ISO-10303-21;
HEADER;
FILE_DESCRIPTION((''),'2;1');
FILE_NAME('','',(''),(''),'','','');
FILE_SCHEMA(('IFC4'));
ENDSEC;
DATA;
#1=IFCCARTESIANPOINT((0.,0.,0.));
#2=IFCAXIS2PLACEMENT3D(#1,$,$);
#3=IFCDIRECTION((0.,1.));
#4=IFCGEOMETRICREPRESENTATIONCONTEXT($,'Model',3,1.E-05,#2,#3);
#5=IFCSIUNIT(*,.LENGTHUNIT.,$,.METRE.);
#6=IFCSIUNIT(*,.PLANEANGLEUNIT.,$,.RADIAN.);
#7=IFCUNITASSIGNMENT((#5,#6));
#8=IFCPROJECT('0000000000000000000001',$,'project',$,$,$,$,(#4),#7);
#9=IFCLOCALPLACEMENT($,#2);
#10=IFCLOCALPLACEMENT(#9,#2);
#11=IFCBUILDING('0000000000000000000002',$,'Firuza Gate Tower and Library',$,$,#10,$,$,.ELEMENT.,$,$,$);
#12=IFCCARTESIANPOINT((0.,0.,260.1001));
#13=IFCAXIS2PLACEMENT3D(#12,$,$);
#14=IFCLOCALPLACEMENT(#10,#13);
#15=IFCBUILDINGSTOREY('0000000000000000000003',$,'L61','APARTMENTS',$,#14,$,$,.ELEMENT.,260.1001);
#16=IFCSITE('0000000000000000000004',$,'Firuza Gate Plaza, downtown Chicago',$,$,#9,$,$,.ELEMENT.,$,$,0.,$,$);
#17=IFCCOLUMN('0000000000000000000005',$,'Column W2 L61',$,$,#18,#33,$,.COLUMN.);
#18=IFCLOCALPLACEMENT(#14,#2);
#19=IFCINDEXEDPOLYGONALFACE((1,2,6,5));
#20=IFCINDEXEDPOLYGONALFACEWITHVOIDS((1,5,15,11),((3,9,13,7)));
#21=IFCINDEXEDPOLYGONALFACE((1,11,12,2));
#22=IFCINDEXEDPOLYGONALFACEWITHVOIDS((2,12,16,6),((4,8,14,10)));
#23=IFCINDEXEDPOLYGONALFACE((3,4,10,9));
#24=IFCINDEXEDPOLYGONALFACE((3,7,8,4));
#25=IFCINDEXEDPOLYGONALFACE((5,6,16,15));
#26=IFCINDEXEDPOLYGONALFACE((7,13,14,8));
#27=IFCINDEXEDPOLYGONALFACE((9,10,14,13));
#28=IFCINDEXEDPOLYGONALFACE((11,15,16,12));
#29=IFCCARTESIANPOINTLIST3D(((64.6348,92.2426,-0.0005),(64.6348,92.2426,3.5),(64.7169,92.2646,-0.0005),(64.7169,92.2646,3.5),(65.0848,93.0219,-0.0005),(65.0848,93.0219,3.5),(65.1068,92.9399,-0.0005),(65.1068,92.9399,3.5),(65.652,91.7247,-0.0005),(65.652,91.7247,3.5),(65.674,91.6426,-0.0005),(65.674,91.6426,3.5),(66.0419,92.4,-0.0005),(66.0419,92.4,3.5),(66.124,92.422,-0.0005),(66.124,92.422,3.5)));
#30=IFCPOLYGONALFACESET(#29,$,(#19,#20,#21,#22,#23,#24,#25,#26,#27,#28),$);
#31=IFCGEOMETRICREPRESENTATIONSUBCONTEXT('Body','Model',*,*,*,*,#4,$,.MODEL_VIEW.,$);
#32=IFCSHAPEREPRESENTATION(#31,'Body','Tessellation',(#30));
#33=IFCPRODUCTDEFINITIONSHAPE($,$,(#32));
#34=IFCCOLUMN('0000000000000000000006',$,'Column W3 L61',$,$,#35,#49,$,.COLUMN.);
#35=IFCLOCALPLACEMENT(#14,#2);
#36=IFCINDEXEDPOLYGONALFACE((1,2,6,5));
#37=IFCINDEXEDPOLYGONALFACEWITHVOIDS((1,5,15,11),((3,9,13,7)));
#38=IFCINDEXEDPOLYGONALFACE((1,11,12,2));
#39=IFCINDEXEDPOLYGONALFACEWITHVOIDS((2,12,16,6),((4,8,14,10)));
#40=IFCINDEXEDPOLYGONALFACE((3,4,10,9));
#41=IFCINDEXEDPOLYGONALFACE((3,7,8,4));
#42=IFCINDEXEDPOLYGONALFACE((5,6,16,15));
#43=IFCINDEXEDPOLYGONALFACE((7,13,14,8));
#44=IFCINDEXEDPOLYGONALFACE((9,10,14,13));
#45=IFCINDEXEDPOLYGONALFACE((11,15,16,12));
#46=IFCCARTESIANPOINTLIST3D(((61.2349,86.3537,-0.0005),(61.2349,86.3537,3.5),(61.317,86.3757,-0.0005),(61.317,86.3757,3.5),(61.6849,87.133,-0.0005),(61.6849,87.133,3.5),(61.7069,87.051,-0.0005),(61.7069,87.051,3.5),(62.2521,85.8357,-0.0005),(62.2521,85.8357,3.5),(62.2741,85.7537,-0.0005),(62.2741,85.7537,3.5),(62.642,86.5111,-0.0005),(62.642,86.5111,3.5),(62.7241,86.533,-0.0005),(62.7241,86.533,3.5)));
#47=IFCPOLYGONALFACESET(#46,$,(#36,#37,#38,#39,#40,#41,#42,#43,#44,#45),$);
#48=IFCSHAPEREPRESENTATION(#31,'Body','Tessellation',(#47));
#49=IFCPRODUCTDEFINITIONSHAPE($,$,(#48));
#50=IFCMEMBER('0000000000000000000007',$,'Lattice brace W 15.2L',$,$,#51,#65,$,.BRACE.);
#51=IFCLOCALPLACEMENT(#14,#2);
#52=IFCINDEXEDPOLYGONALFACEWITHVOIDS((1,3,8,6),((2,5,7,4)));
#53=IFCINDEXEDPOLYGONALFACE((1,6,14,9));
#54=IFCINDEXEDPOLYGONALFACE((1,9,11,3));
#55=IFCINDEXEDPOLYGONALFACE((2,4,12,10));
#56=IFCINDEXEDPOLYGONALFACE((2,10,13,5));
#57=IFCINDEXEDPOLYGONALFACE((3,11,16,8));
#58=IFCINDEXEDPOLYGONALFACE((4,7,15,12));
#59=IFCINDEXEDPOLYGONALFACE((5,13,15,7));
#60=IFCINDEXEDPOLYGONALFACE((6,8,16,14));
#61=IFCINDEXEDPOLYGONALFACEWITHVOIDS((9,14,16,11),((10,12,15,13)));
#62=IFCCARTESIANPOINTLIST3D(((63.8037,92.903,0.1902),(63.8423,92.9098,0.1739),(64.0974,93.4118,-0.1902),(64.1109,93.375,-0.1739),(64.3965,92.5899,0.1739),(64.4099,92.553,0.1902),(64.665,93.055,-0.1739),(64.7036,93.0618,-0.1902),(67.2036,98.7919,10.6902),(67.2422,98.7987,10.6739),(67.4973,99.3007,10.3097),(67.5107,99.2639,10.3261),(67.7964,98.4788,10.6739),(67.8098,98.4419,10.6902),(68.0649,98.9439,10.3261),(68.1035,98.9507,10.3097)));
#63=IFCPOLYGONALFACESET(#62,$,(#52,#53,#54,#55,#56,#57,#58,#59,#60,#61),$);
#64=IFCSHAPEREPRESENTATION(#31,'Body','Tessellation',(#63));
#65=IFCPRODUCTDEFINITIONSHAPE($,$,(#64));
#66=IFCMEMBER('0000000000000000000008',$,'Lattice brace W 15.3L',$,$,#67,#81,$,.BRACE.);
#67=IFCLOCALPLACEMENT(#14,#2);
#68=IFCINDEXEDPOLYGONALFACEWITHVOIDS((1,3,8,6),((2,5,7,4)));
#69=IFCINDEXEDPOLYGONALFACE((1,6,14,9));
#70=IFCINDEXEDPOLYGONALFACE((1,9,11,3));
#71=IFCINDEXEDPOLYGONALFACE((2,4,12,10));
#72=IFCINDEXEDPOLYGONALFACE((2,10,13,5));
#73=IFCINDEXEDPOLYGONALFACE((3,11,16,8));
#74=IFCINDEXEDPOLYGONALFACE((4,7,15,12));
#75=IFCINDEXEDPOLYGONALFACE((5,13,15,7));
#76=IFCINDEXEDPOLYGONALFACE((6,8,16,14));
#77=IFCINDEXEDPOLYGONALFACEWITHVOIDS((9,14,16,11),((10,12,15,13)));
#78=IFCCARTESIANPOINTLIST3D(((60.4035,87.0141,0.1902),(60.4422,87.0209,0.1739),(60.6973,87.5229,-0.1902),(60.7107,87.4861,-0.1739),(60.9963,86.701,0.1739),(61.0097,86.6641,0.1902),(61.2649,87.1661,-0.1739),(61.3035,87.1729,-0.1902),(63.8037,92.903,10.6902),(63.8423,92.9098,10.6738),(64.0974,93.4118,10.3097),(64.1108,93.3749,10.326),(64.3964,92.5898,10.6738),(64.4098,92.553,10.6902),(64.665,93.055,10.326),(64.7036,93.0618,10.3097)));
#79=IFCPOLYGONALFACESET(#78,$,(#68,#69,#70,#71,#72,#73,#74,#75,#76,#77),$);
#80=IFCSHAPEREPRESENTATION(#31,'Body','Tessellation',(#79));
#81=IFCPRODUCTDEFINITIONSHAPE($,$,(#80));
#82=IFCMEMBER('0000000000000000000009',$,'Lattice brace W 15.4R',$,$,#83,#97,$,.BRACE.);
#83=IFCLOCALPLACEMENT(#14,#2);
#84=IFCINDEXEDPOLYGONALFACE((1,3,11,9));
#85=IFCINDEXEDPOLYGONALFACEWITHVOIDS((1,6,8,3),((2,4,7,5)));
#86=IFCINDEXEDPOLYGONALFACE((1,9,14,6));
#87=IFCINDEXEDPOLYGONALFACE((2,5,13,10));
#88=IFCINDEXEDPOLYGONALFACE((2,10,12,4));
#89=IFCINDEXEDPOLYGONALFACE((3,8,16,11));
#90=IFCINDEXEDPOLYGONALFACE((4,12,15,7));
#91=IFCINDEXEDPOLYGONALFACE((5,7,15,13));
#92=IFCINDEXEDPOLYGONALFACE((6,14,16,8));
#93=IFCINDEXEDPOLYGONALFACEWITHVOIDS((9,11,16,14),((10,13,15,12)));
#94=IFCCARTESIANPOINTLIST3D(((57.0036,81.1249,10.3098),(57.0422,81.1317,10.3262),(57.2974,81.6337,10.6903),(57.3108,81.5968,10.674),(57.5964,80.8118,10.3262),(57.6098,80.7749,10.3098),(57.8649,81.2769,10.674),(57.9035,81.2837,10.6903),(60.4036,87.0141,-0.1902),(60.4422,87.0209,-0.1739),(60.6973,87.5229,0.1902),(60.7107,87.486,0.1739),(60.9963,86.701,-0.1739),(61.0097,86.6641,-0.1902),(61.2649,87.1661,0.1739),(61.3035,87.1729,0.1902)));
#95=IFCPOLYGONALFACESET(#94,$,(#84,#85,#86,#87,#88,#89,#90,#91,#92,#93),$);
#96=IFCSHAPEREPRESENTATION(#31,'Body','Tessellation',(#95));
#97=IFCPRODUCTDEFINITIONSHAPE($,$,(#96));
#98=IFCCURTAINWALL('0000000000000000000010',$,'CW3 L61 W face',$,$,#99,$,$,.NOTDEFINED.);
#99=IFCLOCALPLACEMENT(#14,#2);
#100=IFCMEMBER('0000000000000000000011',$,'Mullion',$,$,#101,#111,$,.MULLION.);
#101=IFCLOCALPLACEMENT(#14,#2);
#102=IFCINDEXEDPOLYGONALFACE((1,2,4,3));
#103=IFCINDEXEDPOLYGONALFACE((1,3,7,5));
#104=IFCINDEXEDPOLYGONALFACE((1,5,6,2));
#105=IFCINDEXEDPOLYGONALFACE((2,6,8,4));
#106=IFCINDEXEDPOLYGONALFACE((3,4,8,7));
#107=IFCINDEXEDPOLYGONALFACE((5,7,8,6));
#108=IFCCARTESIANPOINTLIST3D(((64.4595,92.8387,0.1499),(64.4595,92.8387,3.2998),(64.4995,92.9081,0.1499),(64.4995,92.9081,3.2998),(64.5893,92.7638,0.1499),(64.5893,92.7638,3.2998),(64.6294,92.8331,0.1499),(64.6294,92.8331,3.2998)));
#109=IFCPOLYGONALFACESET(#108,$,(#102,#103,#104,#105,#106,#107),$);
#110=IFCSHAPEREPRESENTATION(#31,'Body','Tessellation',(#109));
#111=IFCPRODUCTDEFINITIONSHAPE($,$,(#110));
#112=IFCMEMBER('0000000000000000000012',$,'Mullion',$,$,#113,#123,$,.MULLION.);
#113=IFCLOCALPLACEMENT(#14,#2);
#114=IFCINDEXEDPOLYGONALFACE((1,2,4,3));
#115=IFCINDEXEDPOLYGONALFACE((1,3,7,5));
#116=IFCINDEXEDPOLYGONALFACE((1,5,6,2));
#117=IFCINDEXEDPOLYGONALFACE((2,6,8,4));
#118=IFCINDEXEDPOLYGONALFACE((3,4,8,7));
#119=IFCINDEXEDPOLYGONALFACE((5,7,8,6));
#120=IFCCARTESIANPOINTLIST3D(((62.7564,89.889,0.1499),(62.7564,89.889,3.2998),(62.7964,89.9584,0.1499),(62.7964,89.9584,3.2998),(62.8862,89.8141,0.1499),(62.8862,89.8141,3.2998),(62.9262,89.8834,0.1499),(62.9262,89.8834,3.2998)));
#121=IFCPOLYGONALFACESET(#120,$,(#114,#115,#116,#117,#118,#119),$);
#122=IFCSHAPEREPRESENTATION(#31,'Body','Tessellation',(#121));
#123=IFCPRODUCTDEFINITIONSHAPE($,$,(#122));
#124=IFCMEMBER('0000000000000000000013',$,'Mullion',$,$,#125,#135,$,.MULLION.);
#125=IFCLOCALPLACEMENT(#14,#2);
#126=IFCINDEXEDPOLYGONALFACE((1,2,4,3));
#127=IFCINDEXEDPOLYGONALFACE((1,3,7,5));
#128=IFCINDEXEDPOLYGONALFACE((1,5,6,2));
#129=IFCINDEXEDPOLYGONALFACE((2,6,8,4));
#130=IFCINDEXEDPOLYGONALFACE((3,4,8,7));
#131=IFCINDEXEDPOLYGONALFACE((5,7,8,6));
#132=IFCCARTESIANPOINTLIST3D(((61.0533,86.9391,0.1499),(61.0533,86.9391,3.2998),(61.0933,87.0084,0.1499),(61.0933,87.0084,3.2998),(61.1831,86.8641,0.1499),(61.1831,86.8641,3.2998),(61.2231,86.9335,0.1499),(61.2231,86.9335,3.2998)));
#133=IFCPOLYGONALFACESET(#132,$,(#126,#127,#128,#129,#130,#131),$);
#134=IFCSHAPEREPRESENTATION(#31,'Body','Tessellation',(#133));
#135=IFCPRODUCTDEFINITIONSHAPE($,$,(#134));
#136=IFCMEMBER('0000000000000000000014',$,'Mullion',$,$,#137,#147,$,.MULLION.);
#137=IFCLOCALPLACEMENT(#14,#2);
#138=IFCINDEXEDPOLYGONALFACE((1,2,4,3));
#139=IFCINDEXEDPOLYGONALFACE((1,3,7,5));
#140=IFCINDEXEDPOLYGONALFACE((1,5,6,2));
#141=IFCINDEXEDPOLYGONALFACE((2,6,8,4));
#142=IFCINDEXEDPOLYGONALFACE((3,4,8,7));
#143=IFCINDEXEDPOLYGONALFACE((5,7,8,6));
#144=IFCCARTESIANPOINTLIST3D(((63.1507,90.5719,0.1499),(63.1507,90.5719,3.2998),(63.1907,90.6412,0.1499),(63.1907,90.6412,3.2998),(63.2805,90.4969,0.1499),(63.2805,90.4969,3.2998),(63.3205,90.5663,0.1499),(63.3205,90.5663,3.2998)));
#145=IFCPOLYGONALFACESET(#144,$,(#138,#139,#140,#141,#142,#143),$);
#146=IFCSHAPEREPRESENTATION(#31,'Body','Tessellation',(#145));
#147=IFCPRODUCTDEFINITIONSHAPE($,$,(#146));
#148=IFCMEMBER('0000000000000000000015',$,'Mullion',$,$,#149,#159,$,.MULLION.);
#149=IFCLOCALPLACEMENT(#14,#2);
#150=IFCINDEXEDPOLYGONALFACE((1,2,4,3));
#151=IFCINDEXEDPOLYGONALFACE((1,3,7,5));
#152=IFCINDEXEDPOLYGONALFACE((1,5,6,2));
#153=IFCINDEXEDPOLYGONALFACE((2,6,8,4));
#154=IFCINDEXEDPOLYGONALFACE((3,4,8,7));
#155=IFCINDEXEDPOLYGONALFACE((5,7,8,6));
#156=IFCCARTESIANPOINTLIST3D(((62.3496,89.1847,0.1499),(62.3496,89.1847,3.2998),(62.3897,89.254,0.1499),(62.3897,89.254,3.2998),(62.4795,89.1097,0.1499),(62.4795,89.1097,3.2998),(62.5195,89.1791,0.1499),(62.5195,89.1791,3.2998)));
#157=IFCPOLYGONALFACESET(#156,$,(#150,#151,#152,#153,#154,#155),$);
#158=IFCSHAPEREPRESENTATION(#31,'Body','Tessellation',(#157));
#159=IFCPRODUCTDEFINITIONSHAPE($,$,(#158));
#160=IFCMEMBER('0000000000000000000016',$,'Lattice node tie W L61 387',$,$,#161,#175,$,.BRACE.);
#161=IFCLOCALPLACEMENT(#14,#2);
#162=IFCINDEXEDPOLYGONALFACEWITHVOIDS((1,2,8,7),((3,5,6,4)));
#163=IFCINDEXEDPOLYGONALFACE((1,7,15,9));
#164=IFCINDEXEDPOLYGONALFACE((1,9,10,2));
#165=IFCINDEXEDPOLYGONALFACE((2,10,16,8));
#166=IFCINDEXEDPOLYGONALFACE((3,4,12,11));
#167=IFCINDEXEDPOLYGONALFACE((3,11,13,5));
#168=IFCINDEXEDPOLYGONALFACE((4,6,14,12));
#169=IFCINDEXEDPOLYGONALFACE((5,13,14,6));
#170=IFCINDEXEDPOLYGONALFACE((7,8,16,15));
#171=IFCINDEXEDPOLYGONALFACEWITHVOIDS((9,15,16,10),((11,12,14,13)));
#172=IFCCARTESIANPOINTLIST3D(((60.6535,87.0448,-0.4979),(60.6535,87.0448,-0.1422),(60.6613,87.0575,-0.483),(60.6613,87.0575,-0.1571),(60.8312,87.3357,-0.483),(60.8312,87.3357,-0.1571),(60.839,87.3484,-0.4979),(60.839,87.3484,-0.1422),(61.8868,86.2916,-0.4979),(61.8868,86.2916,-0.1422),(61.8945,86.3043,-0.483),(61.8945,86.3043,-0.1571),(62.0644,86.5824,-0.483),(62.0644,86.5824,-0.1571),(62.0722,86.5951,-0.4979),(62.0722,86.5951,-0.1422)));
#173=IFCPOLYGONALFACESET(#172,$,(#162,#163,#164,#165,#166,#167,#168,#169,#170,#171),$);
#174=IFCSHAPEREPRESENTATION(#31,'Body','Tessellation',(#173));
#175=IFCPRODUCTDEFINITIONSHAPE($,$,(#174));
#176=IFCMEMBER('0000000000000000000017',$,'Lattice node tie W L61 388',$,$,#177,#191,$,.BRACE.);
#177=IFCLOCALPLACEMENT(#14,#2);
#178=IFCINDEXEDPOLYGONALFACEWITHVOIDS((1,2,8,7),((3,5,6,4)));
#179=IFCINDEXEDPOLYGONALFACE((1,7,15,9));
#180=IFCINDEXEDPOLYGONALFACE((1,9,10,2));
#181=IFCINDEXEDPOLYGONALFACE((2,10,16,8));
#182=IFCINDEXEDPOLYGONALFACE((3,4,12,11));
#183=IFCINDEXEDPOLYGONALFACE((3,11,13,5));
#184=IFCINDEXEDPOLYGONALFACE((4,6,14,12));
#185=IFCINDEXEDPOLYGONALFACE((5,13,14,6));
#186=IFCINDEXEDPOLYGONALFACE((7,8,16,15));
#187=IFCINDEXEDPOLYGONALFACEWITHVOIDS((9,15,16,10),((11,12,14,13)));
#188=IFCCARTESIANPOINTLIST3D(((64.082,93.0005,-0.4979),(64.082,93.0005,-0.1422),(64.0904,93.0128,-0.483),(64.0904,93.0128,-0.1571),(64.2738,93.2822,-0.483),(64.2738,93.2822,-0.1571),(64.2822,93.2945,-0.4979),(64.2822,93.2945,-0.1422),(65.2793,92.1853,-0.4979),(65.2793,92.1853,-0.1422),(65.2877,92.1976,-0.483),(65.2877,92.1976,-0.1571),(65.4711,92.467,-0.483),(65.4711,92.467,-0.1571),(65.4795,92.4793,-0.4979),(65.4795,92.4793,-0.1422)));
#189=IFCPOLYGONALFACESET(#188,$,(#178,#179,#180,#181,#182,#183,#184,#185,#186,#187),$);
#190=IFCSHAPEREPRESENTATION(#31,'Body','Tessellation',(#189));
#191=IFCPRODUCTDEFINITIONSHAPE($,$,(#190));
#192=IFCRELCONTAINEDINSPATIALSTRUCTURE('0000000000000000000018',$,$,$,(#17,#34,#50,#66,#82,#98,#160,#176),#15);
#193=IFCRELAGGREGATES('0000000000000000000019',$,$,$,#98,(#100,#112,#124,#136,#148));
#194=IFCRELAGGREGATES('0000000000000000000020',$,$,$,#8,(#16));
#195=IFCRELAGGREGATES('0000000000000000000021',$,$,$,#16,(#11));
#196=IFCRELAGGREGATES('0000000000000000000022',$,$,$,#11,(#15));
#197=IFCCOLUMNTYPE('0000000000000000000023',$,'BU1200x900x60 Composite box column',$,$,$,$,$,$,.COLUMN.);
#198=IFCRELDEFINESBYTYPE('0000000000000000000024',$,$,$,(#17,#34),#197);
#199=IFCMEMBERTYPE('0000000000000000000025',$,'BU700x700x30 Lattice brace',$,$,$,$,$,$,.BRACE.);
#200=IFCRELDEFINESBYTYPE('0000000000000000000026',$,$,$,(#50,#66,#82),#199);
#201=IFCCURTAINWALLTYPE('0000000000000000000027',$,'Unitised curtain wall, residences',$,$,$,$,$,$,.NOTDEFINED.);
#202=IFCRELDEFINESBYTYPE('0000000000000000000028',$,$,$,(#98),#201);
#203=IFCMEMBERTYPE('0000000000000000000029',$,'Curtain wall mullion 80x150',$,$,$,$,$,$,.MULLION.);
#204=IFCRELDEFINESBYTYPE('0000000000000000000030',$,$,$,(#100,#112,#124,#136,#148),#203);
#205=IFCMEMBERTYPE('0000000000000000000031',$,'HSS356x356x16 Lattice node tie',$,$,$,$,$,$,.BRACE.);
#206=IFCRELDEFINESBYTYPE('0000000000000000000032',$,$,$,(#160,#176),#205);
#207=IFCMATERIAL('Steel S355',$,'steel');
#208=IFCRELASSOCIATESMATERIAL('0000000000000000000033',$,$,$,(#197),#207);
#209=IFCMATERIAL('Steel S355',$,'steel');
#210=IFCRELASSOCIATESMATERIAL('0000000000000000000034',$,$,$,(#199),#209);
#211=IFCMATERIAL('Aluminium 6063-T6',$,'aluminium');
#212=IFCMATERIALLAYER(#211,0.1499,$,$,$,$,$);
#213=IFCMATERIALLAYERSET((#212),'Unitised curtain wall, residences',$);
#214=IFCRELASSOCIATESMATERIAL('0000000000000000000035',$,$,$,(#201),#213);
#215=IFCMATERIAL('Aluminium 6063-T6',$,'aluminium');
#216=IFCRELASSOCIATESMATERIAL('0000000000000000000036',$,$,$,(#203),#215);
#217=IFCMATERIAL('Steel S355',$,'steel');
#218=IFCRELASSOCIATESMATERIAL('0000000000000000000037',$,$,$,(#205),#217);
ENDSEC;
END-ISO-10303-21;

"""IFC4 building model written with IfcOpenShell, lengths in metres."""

from ifc_helpers import new_model, si_unit, direction, frame, origin, origin_2d, place, context, subcontext, project, spatial, rectangle, hollow_rectangle, extrude, material, layer, layer_set, material_profile, profile_set, type_object, element, aggregate, save


model = new_model("IFC4")

# Units and contexts
model_context = context("Model", 3, precision=1e-05, world=origin(), true_north=direction((0.0, 1.0)))
body_context = subcontext(model_context, "Body", "Model", "MODEL_VIEW")
ifc_project = project(units=[si_unit("LENGTHUNIT", "METRE"), si_unit("PLANEANGLEUNIT", "RADIAN")], contexts=[model_context])

# Site, building, storey
site_placement = place(None, origin())
site = spatial("IfcSite", under=ifc_project, at=site_placement, Name="Firuza Gate Plaza, downtown Chicago", CompositionType="ELEMENT", RefElevation=0.0)
building_placement = place(site_placement, origin())
building = spatial("IfcBuilding", under=site, at=building_placement, Name="Firuza Gate Tower and Library", CompositionType="ELEMENT")
storey_placement = place(building_placement, frame((0.0, 0.0, 260.1001)))
storey = spatial("IfcBuildingStorey", under=building, at=storey_placement, Name="L61", Description="APARTMENTS", CompositionType="ELEMENT", Elevation=260.1001)

# Columns
ifc_material_1 = material(Name="Steel S355", Category="steel")
ifc_material_profile_1 = material_profile(ifc_material_1, hollow_rectangle(XDim=0.8999, YDim=1.2, WallThickness=0.0601, at=origin_2d()))
ifc_profile_set_1 = profile_set([ifc_material_profile_1], Name="Steel S355")
column_type = type_object("IfcColumnType", Name="BU1200x900x60 Composite box column", PredefinedType="COLUMN", material=ifc_profile_set_1)
for number, where, z_axis, x_axis, name in (
    (1, (65.3794, 92.3323, -0.0005), (0.0, 0.0, 1.0), (-0.5, -0.866025, 0.0), "Column W2 L61"),
    (2, (61.9795, 86.4434, -0.0005), (0.0, 0.0, 1.0), (-0.5, -0.866025, 0.0), "Column W3 L61"),
):
    element("IfcColumn", number, at=place(storey_placement, frame(where, z_axis=z_axis, x_axis=x_axis)), inside=storey, type_object=column_type, Name=name, PredefinedType="COLUMN", context=body_context, shape_type="SweptSolid", body=[
        extrude(hollow_rectangle(XDim=0.8999, YDim=1.2, WallThickness=0.0601, at=origin_2d()), origin(), (0.0, 0.0, 1.0), 3.5005),
    ])

# Members
ifc_material_2 = material(Name="Steel S355", Category="steel")
ifc_material_profile_2 = material_profile(ifc_material_2, hollow_rectangle(XDim=0.7, YDim=0.7, WallThickness=0.03, at=origin_2d()))
ifc_profile_set_2 = profile_set([ifc_material_profile_2], Name="Steel S355")
member_type_1 = type_object("IfcMemberType", Name="BU700x700x30 Lattice brace", PredefinedType="BRACE", material=ifc_profile_set_2)
for number, where, z_axis, x_axis, name in (
    (3, (64.2537, 92.9824, 0.0), (0.271785, 0.470754, 0.839359), (-0.86603, 0.499993, 0.0), "Lattice brace W 15.2L"),
    (4, (60.8535, 87.0935, 0.0), (0.271803, 0.470751, 0.839355), (-0.866014, 0.50002, 0.0), "Lattice brace W 15.3L"),
):
    element("IfcMember", number, at=place(storey_placement, frame(where, z_axis=z_axis, x_axis=x_axis)), inside=storey, type_object=member_type_1, Name=name, PredefinedType="BRACE", context=body_context, shape_type="SweptSolid", body=[
        extrude(hollow_rectangle(XDim=0.7, YDim=0.7, WallThickness=0.03, at=origin_2d()), origin(), (0.0, 0.0, 1.0), 12.5095),
    ])
member_1_placement = place(storey_placement, frame((60.8535, 87.0935, 0.0), z_axis=(-0.271782, -0.470769, 0.839351), x_axis=(0.866039, -0.499977, 0.0)))
element("IfcMember", 5, at=member_1_placement, inside=storey, type_object=member_type_1, Name="Lattice brace W 15.4R", PredefinedType="BRACE", context=body_context, shape_type="SweptSolid", body=[
    extrude(hollow_rectangle(XDim=0.7, YDim=0.7, WallThickness=0.03, at=origin_2d()), origin(), (0.0, 0.0, 1.0), 12.5098),
])

# Curtain wall, members
ifc_material_3 = material(Name="Aluminium 6063-T6", Category="aluminium")
ifc_layer_1 = layer(ifc_material_3, 0.1499)
ifc_layer_set_1 = layer_set([ifc_layer_1], Name="Unitised curtain wall, residences")
curtain_wall_type = type_object("IfcCurtainWallType", Name="Unitised curtain wall, residences", PredefinedType="NOTDEFINED", material=ifc_layer_set_1)
placement = place(storey_placement, origin())
curtain_wall = element("IfcCurtainWall", 6, at=placement, inside=storey, type_object=curtain_wall_type, Name="CW3 L61 W face", PredefinedType="NOTDEFINED")
ifc_material_4 = material(Name="Aluminium 6063-T6", Category="aluminium")
ifc_material_profile_3 = material_profile(ifc_material_4, rectangle(XDim=0.1499, YDim=0.0801, at=origin_2d()))
ifc_profile_set_3 = profile_set([ifc_material_profile_3], Name="Aluminium 6063-T6")
member_type_2 = type_object("IfcMemberType", Name="Curtain wall mullion 80x150", PredefinedType="MULLION", material=ifc_profile_set_3)
member_2_placement = place(storey_placement, frame((64.5444, 92.8359, 0.1499), z_axis=(0.0, 0.0, 1.0), x_axis=(0.866025, -0.5, 0.0)))
member_2 = element("IfcMember", 7, at=member_2_placement, type_object=member_type_2, Name="Mullion", PredefinedType="MULLION", context=body_context, shape_type="SweptSolid", body=[
    extrude(rectangle(XDim=0.1499, YDim=0.0801, at=origin_2d()), origin(), (0.0, 0.0, 1.0), 3.1499),
])
member_3_placement = place(storey_placement, frame((62.8413, 89.8862, 0.1499), z_axis=(0.0, 0.0, 1.0), x_axis=(0.866025, -0.5, 0.0)))
member_3 = element("IfcMember", 8, at=member_3_placement, type_object=member_type_2, Name="Mullion", PredefinedType="MULLION", context=body_context, shape_type="SweptSolid", body=[
    extrude(rectangle(XDim=0.1499, YDim=0.0801, at=origin_2d()), origin(), (0.0, 0.0, 1.0), 3.1499),
])
member_4_placement = place(storey_placement, frame((61.1382, 86.9363, 0.1499), z_axis=(0.0, 0.0, 1.0), x_axis=(0.866025, -0.5, 0.0)))
member_4 = element("IfcMember", 9, at=member_4_placement, type_object=member_type_2, Name="Mullion", PredefinedType="MULLION", context=body_context, shape_type="SweptSolid", body=[
    extrude(rectangle(XDim=0.1499, YDim=0.0801, at=origin_2d()), origin(), (0.0, 0.0, 1.0), 3.1499),
])
member_5_placement = place(storey_placement, frame((63.2356, 90.5691, 0.1499), z_axis=(0.0, 0.0, 1.0), x_axis=(0.866025, -0.5, 0.0)))
member_5 = element("IfcMember", 10, at=member_5_placement, type_object=member_type_2, Name="Mullion", PredefinedType="MULLION", context=body_context, shape_type="SweptSolid", body=[
    extrude(rectangle(XDim=0.1499, YDim=0.0801, at=origin_2d()), origin(), (0.0, 0.0, 1.0), 3.1499),
])
member_6_placement = place(storey_placement, frame((62.4346, 89.1819, 0.1499), z_axis=(0.0, 0.0, 1.0), x_axis=(0.866025, -0.5, 0.0)))
member_6 = element("IfcMember", 11, at=member_6_placement, type_object=member_type_2, Name="Mullion", PredefinedType="MULLION", context=body_context, shape_type="SweptSolid", body=[
    extrude(rectangle(XDim=0.1499, YDim=0.0801, at=origin_2d()), origin(), (0.0, 0.0, 1.0), 3.1499),
])

# Members
ifc_material_5 = material(Name="Steel S355", Category="steel")
ifc_material_profile_4 = material_profile(ifc_material_5, hollow_rectangle(XDim=0.3557, YDim=0.3557, WallThickness=0.0149, at=origin_2d()))
ifc_profile_set_4 = profile_set([ifc_material_profile_4], Name="Steel S355")
member_type_3 = type_object("IfcMemberType", Name="HSS356x356x16 Lattice node tie", PredefinedType="BRACE", material=ifc_profile_set_4)
member_7_placement = place(storey_placement, frame((61.9795, 86.4434, -0.3201), z_axis=(-0.853411, 0.521238, 0.0), x_axis=(-0.521238, -0.853411, 0.0)))
element("IfcMember", 12, at=member_7_placement, inside=storey, type_object=member_type_3, Name="Lattice node tie W L61 387", PredefinedType="BRACE", context=body_context, shape_type="SweptSolid", body=[
    extrude(hollow_rectangle(XDim=0.3557, YDim=0.3557, WallThickness=0.0149, at=origin_2d()), origin(), (0.0, 0.0, 1.0), 1.4451),
])
member_8_placement = place(storey_placement, frame((65.3794, 92.3323, -0.3201), z_axis=(-0.826591, 0.562803, 0.0), x_axis=(-0.562803, -0.826591, 0.0)))
element("IfcMember", 13, at=member_8_placement, inside=storey, type_object=member_type_3, Name="Lattice node tie W L61 388", PredefinedType="BRACE", context=body_context, shape_type="SweptSolid", body=[
    extrude(hollow_rectangle(XDim=0.3557, YDim=0.3557, WallThickness=0.0149, at=origin_2d()), origin(), (0.0, 0.0, 1.0), 1.4485),
])

aggregate(curtain_wall, [member_2, member_3, member_4, member_5, member_6])

save(model, "model.ifc")
